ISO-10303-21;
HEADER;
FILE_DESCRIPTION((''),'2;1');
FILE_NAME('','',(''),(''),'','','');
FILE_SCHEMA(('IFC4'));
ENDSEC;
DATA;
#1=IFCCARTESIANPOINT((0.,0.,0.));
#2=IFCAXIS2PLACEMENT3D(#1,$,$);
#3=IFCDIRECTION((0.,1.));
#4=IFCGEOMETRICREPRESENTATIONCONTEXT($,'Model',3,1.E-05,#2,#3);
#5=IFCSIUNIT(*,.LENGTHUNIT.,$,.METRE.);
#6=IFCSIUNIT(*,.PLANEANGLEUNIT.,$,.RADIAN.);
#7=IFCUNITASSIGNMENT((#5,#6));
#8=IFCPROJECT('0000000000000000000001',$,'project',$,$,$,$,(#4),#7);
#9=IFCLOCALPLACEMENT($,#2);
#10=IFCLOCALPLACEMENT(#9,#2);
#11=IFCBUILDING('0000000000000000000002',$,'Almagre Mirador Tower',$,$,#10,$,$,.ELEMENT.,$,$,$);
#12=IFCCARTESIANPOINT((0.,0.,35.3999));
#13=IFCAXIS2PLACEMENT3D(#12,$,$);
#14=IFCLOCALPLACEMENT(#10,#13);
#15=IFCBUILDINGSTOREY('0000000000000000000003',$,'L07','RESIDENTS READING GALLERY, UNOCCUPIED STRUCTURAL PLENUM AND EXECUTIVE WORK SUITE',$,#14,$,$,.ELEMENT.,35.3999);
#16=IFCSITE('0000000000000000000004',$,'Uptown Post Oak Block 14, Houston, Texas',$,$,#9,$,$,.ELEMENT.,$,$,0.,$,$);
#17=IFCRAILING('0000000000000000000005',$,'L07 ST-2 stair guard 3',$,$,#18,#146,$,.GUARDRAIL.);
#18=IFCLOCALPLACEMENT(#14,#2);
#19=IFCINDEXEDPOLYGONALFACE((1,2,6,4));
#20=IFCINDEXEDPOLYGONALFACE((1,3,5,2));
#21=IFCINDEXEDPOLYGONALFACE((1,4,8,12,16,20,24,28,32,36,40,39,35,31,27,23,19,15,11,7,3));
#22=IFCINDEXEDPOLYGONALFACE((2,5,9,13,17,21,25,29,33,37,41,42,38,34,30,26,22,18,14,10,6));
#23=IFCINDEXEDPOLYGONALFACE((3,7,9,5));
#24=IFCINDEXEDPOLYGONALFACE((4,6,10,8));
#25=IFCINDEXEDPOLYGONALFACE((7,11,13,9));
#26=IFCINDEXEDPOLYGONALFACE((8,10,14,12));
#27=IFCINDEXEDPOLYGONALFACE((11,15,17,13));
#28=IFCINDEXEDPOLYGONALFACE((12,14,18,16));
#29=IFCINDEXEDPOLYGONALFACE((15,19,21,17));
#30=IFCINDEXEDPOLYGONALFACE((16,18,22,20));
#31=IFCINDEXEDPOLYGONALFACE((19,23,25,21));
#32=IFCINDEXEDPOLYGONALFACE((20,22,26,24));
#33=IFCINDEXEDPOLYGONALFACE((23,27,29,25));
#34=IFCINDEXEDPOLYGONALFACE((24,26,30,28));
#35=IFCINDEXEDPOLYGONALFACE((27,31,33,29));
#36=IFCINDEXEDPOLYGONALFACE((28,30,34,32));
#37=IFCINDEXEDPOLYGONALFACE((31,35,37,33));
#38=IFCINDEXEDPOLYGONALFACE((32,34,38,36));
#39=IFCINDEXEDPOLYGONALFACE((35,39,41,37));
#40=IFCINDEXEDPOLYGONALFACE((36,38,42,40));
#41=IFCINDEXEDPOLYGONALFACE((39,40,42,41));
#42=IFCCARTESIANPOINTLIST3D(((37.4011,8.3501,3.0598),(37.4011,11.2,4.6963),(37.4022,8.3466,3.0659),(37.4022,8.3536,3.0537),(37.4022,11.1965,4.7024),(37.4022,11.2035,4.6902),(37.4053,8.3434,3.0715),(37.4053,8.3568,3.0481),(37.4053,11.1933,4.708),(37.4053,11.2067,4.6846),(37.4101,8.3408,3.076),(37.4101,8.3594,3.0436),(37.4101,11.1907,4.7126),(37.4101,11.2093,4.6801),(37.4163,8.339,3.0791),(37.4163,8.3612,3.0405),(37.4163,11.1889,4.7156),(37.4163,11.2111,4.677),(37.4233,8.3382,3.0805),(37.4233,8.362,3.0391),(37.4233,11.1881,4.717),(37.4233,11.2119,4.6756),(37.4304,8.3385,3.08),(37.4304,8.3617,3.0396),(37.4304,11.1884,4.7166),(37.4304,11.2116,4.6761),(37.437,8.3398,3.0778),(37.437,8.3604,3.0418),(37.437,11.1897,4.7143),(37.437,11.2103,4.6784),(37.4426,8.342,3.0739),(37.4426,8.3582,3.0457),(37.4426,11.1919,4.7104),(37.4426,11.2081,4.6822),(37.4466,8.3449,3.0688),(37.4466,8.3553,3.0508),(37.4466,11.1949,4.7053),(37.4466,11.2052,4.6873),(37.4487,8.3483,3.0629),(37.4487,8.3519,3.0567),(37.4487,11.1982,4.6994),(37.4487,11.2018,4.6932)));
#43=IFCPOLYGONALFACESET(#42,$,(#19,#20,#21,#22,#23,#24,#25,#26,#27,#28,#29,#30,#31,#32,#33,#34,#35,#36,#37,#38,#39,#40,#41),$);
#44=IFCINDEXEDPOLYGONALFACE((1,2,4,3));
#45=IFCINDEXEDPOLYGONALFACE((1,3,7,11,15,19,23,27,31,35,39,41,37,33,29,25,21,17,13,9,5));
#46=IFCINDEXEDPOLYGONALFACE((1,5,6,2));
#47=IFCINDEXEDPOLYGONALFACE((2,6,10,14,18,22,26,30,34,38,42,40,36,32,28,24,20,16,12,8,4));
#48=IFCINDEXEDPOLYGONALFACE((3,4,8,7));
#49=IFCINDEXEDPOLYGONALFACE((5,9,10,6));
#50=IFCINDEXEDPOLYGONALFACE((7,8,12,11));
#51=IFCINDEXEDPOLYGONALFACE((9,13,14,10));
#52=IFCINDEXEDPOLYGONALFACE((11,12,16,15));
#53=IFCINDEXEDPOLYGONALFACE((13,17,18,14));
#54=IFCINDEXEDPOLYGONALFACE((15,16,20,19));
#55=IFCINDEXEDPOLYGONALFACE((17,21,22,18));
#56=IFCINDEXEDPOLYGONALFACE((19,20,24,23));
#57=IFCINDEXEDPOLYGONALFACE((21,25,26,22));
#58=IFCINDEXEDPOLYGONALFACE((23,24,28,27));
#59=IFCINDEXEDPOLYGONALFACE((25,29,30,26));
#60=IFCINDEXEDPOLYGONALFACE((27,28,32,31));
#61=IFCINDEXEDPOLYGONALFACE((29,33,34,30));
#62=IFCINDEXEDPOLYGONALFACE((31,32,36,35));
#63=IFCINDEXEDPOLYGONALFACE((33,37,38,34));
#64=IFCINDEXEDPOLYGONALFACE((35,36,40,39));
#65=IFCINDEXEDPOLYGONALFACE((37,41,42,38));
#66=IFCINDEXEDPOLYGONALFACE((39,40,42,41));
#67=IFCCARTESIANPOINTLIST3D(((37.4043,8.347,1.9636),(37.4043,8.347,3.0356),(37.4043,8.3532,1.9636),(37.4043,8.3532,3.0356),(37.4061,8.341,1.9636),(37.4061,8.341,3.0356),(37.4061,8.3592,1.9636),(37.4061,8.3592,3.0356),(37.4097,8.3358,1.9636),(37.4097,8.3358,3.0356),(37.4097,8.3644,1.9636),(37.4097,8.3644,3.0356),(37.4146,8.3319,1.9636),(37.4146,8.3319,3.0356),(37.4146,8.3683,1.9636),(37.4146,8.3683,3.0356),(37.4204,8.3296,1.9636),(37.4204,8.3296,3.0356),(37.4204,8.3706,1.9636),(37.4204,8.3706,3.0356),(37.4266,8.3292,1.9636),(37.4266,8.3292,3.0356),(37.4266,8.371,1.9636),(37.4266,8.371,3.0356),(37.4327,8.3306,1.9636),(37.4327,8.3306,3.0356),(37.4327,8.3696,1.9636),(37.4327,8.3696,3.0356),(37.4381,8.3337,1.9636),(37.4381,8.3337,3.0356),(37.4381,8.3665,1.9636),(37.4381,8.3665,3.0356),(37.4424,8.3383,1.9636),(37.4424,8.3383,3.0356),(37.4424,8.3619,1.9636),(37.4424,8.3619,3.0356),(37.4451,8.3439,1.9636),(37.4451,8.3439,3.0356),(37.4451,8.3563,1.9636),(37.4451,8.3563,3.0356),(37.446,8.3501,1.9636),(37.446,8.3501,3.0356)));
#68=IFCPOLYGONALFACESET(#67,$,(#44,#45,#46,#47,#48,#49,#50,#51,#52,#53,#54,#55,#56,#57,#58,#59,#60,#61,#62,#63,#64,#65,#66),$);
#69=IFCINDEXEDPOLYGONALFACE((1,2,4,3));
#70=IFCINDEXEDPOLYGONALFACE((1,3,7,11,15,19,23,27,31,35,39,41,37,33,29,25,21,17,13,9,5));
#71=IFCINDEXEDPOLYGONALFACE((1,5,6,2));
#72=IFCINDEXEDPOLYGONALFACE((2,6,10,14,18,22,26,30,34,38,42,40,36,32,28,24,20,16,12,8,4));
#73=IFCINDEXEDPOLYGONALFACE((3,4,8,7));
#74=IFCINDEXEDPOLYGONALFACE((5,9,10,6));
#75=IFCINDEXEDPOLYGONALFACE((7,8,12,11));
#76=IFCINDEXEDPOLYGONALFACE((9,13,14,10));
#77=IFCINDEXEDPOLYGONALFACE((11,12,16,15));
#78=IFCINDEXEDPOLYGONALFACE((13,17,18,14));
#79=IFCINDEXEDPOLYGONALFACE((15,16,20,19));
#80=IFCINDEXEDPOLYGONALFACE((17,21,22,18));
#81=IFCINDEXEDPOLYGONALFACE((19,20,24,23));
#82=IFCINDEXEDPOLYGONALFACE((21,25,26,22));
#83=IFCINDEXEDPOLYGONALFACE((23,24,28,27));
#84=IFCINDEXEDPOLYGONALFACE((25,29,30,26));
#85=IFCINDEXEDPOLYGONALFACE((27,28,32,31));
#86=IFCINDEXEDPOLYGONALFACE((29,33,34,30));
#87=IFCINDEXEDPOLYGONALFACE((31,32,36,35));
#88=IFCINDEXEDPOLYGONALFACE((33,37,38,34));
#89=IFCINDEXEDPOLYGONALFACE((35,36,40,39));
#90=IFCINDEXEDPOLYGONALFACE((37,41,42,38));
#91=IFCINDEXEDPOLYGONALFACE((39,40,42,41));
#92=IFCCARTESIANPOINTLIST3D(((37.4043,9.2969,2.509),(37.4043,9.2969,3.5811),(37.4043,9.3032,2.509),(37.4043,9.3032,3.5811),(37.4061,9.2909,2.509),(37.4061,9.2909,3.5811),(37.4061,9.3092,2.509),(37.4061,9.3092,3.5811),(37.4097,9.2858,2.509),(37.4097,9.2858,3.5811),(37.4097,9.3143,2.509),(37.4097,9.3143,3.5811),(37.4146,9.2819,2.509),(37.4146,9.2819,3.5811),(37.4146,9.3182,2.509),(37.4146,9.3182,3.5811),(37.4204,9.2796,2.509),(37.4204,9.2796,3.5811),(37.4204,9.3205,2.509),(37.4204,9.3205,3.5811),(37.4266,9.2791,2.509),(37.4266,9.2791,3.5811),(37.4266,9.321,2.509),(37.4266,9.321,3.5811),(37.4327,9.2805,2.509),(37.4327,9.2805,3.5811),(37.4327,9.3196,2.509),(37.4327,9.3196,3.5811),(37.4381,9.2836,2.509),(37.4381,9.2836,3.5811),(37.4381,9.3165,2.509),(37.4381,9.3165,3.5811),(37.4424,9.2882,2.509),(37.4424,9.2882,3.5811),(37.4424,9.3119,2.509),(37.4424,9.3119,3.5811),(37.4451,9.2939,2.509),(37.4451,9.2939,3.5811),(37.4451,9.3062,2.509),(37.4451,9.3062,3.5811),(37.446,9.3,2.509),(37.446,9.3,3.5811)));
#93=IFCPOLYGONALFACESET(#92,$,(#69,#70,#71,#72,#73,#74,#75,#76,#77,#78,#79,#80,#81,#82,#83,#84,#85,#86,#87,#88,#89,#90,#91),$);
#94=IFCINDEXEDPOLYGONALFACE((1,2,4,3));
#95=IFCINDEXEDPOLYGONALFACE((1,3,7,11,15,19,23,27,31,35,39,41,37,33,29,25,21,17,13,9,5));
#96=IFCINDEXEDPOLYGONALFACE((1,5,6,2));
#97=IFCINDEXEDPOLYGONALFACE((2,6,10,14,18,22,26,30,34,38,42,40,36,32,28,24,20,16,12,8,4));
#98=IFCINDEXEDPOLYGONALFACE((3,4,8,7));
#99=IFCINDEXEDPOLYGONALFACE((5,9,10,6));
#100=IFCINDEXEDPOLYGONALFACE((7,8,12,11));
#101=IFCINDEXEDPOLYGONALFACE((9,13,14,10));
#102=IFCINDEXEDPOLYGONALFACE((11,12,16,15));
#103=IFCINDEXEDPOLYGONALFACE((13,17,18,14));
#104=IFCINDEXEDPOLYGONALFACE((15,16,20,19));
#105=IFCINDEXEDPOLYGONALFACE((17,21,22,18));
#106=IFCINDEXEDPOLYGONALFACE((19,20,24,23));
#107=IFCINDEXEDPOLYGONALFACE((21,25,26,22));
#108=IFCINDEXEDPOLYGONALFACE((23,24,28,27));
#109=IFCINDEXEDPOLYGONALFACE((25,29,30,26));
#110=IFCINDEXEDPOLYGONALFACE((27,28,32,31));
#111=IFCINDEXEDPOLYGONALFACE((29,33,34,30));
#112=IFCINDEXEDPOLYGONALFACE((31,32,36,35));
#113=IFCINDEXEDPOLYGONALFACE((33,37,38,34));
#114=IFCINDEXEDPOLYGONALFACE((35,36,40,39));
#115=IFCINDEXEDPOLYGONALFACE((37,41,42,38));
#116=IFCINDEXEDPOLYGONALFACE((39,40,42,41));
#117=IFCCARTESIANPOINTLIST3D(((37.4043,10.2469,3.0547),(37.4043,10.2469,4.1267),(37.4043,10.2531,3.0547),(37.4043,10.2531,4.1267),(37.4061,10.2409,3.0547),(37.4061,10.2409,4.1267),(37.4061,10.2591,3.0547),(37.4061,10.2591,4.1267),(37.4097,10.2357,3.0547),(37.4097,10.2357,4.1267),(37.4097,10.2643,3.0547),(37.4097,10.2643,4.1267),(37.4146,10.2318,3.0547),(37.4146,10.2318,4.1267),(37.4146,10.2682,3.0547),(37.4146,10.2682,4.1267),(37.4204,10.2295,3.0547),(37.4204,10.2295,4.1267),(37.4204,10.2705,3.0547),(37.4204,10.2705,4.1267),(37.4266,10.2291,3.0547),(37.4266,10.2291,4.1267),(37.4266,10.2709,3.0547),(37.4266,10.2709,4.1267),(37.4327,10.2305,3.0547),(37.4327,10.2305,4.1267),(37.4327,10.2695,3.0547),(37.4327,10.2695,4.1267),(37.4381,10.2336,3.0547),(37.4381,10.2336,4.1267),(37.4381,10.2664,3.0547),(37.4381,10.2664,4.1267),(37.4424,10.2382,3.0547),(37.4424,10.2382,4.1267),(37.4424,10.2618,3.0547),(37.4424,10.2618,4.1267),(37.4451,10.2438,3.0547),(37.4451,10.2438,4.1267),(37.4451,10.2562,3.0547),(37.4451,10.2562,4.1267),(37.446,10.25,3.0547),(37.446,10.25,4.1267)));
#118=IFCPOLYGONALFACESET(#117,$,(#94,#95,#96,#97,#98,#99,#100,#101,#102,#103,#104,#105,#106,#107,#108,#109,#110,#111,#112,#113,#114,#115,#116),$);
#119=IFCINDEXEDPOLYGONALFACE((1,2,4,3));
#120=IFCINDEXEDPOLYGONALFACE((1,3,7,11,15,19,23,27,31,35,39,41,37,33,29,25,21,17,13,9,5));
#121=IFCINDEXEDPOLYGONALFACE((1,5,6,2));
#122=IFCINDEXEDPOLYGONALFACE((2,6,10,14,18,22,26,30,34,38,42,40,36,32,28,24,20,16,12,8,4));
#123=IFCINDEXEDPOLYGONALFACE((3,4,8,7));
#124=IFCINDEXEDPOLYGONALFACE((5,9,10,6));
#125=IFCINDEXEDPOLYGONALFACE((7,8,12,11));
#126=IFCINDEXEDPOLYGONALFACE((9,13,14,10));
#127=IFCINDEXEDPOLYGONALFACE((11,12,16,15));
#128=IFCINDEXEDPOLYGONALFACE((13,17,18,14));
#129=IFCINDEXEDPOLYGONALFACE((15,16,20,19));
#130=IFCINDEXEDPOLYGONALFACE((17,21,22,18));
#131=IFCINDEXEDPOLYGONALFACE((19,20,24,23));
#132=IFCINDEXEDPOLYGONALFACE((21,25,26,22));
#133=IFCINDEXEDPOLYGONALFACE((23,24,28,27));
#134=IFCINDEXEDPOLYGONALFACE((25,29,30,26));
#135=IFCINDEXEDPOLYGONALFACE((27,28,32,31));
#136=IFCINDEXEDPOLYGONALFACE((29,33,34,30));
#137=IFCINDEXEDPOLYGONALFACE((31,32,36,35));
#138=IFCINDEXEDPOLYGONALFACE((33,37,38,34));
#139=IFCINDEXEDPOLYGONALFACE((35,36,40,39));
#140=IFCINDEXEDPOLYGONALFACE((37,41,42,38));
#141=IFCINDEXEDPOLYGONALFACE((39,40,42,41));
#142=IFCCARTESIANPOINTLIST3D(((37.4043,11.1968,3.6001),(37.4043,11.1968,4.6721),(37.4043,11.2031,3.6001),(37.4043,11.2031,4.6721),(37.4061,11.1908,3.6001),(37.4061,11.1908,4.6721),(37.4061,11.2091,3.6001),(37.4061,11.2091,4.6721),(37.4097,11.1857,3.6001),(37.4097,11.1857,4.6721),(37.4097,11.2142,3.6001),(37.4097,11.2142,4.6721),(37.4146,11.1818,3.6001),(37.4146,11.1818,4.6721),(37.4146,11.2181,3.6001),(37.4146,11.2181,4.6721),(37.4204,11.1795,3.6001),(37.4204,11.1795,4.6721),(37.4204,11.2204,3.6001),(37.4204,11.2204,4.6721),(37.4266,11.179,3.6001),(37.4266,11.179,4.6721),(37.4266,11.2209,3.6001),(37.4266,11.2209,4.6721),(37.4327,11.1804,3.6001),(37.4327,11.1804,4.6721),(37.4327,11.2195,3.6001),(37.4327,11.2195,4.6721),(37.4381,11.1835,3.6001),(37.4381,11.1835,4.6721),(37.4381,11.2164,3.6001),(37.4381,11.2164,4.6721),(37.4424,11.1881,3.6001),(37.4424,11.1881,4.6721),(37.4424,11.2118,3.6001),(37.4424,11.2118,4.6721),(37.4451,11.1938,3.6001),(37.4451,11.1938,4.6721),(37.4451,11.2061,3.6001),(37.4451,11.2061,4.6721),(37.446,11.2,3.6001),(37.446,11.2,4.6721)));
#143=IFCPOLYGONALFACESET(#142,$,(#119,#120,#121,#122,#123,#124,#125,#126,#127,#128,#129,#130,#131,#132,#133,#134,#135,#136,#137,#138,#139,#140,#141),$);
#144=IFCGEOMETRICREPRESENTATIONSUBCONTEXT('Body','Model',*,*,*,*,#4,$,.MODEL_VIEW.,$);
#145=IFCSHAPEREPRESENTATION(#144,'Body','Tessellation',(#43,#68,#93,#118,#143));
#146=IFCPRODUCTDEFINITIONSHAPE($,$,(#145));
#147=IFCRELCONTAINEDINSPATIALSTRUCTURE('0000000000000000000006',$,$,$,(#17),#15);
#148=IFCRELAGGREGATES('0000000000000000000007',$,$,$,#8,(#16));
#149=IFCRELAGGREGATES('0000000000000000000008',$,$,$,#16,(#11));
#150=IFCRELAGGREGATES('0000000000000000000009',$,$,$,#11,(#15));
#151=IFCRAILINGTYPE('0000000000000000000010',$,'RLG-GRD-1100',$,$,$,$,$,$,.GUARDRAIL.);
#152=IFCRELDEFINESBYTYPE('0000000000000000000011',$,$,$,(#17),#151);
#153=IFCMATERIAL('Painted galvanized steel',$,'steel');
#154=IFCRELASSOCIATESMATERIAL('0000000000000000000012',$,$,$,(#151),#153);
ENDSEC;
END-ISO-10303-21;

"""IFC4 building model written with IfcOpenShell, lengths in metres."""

from ifc_helpers import new_model, si_unit, direction, frame, origin, origin_2d, place, context, subcontext, project, spatial, circle, extrude, material, type_object, element, save


model = new_model("IFC4")

# Units and contexts
model_context = context("Model", 3, precision=1e-05, world=origin(), true_north=direction((0.0, 1.0)))
body_context = subcontext(model_context, "Body", "Model", "MODEL_VIEW")
ifc_project = project(units=[si_unit("LENGTHUNIT", "METRE"), si_unit("PLANEANGLEUNIT", "RADIAN")], contexts=[model_context])

# Site, building, storey
site_placement = place(None, origin())
site = spatial("IfcSite", under=ifc_project, at=site_placement, Name="Uptown Post Oak Block 14, Houston, Texas", CompositionType="ELEMENT", RefElevation=0.0)
building_placement = place(site_placement, origin())
building = spatial("IfcBuilding", under=site, at=building_placement, Name="Almagre Mirador Tower", CompositionType="ELEMENT")
storey_placement = place(building_placement, frame((0.0, 0.0, 35.3999)))
storey = spatial("IfcBuildingStorey", under=building, at=storey_placement, Name="L07", Description="RESIDENTS READING GALLERY, UNOCCUPIED STRUCTURAL PLENUM AND EXECUTIVE WORK SUITE", CompositionType="ELEMENT", Elevation=35.3999)

# Railing
ifc_material_1 = material(Name="Painted galvanized steel", Category="steel")
railing_type_1 = type_object("IfcRailingType", Name="RLG-GRD-1100", PredefinedType="GUARDRAIL", material=ifc_material_1)
railing_1_placement = place(storey_placement, frame((37.425, 8.3501, 1.9636)))
element("IfcRailing", 1, at=railing_1_placement, inside=storey, type_object=railing_type_1, Name="L07 ST-2 stair guard 3", PredefinedType="GUARDRAIL", context=body_context, shape_type="SweptSolid", body=[
    extrude(circle(Radius=0.0239, at=origin_2d()), frame((0.0, 0.0, 1.0962), z_axis=(0.0, 0.867194, 0.49797), x_axis=(-1.0, 0.0, 0.0)), (0.0, 0.0, 1.0), 3.2864),
    extrude(circle(Radius=0.021, at=origin_2d()), origin(), (0.0, 0.0, 1.0), 1.072),
    extrude(circle(Radius=0.021, at=origin_2d()), frame((0.0, 0.95, 0.5454)), (0.0, 0.0, 1.0), 1.072),
    extrude(circle(Radius=0.021, at=origin_2d()), frame((0.0, 1.8999, 1.0911)), (0.0, 0.0, 1.0), 1.072),
    extrude(circle(Radius=0.021, at=origin_2d()), frame((0.0, 2.8499, 1.6365)), (0.0, 0.0, 1.0), 1.072),
])

save(model, "model.ifc")
